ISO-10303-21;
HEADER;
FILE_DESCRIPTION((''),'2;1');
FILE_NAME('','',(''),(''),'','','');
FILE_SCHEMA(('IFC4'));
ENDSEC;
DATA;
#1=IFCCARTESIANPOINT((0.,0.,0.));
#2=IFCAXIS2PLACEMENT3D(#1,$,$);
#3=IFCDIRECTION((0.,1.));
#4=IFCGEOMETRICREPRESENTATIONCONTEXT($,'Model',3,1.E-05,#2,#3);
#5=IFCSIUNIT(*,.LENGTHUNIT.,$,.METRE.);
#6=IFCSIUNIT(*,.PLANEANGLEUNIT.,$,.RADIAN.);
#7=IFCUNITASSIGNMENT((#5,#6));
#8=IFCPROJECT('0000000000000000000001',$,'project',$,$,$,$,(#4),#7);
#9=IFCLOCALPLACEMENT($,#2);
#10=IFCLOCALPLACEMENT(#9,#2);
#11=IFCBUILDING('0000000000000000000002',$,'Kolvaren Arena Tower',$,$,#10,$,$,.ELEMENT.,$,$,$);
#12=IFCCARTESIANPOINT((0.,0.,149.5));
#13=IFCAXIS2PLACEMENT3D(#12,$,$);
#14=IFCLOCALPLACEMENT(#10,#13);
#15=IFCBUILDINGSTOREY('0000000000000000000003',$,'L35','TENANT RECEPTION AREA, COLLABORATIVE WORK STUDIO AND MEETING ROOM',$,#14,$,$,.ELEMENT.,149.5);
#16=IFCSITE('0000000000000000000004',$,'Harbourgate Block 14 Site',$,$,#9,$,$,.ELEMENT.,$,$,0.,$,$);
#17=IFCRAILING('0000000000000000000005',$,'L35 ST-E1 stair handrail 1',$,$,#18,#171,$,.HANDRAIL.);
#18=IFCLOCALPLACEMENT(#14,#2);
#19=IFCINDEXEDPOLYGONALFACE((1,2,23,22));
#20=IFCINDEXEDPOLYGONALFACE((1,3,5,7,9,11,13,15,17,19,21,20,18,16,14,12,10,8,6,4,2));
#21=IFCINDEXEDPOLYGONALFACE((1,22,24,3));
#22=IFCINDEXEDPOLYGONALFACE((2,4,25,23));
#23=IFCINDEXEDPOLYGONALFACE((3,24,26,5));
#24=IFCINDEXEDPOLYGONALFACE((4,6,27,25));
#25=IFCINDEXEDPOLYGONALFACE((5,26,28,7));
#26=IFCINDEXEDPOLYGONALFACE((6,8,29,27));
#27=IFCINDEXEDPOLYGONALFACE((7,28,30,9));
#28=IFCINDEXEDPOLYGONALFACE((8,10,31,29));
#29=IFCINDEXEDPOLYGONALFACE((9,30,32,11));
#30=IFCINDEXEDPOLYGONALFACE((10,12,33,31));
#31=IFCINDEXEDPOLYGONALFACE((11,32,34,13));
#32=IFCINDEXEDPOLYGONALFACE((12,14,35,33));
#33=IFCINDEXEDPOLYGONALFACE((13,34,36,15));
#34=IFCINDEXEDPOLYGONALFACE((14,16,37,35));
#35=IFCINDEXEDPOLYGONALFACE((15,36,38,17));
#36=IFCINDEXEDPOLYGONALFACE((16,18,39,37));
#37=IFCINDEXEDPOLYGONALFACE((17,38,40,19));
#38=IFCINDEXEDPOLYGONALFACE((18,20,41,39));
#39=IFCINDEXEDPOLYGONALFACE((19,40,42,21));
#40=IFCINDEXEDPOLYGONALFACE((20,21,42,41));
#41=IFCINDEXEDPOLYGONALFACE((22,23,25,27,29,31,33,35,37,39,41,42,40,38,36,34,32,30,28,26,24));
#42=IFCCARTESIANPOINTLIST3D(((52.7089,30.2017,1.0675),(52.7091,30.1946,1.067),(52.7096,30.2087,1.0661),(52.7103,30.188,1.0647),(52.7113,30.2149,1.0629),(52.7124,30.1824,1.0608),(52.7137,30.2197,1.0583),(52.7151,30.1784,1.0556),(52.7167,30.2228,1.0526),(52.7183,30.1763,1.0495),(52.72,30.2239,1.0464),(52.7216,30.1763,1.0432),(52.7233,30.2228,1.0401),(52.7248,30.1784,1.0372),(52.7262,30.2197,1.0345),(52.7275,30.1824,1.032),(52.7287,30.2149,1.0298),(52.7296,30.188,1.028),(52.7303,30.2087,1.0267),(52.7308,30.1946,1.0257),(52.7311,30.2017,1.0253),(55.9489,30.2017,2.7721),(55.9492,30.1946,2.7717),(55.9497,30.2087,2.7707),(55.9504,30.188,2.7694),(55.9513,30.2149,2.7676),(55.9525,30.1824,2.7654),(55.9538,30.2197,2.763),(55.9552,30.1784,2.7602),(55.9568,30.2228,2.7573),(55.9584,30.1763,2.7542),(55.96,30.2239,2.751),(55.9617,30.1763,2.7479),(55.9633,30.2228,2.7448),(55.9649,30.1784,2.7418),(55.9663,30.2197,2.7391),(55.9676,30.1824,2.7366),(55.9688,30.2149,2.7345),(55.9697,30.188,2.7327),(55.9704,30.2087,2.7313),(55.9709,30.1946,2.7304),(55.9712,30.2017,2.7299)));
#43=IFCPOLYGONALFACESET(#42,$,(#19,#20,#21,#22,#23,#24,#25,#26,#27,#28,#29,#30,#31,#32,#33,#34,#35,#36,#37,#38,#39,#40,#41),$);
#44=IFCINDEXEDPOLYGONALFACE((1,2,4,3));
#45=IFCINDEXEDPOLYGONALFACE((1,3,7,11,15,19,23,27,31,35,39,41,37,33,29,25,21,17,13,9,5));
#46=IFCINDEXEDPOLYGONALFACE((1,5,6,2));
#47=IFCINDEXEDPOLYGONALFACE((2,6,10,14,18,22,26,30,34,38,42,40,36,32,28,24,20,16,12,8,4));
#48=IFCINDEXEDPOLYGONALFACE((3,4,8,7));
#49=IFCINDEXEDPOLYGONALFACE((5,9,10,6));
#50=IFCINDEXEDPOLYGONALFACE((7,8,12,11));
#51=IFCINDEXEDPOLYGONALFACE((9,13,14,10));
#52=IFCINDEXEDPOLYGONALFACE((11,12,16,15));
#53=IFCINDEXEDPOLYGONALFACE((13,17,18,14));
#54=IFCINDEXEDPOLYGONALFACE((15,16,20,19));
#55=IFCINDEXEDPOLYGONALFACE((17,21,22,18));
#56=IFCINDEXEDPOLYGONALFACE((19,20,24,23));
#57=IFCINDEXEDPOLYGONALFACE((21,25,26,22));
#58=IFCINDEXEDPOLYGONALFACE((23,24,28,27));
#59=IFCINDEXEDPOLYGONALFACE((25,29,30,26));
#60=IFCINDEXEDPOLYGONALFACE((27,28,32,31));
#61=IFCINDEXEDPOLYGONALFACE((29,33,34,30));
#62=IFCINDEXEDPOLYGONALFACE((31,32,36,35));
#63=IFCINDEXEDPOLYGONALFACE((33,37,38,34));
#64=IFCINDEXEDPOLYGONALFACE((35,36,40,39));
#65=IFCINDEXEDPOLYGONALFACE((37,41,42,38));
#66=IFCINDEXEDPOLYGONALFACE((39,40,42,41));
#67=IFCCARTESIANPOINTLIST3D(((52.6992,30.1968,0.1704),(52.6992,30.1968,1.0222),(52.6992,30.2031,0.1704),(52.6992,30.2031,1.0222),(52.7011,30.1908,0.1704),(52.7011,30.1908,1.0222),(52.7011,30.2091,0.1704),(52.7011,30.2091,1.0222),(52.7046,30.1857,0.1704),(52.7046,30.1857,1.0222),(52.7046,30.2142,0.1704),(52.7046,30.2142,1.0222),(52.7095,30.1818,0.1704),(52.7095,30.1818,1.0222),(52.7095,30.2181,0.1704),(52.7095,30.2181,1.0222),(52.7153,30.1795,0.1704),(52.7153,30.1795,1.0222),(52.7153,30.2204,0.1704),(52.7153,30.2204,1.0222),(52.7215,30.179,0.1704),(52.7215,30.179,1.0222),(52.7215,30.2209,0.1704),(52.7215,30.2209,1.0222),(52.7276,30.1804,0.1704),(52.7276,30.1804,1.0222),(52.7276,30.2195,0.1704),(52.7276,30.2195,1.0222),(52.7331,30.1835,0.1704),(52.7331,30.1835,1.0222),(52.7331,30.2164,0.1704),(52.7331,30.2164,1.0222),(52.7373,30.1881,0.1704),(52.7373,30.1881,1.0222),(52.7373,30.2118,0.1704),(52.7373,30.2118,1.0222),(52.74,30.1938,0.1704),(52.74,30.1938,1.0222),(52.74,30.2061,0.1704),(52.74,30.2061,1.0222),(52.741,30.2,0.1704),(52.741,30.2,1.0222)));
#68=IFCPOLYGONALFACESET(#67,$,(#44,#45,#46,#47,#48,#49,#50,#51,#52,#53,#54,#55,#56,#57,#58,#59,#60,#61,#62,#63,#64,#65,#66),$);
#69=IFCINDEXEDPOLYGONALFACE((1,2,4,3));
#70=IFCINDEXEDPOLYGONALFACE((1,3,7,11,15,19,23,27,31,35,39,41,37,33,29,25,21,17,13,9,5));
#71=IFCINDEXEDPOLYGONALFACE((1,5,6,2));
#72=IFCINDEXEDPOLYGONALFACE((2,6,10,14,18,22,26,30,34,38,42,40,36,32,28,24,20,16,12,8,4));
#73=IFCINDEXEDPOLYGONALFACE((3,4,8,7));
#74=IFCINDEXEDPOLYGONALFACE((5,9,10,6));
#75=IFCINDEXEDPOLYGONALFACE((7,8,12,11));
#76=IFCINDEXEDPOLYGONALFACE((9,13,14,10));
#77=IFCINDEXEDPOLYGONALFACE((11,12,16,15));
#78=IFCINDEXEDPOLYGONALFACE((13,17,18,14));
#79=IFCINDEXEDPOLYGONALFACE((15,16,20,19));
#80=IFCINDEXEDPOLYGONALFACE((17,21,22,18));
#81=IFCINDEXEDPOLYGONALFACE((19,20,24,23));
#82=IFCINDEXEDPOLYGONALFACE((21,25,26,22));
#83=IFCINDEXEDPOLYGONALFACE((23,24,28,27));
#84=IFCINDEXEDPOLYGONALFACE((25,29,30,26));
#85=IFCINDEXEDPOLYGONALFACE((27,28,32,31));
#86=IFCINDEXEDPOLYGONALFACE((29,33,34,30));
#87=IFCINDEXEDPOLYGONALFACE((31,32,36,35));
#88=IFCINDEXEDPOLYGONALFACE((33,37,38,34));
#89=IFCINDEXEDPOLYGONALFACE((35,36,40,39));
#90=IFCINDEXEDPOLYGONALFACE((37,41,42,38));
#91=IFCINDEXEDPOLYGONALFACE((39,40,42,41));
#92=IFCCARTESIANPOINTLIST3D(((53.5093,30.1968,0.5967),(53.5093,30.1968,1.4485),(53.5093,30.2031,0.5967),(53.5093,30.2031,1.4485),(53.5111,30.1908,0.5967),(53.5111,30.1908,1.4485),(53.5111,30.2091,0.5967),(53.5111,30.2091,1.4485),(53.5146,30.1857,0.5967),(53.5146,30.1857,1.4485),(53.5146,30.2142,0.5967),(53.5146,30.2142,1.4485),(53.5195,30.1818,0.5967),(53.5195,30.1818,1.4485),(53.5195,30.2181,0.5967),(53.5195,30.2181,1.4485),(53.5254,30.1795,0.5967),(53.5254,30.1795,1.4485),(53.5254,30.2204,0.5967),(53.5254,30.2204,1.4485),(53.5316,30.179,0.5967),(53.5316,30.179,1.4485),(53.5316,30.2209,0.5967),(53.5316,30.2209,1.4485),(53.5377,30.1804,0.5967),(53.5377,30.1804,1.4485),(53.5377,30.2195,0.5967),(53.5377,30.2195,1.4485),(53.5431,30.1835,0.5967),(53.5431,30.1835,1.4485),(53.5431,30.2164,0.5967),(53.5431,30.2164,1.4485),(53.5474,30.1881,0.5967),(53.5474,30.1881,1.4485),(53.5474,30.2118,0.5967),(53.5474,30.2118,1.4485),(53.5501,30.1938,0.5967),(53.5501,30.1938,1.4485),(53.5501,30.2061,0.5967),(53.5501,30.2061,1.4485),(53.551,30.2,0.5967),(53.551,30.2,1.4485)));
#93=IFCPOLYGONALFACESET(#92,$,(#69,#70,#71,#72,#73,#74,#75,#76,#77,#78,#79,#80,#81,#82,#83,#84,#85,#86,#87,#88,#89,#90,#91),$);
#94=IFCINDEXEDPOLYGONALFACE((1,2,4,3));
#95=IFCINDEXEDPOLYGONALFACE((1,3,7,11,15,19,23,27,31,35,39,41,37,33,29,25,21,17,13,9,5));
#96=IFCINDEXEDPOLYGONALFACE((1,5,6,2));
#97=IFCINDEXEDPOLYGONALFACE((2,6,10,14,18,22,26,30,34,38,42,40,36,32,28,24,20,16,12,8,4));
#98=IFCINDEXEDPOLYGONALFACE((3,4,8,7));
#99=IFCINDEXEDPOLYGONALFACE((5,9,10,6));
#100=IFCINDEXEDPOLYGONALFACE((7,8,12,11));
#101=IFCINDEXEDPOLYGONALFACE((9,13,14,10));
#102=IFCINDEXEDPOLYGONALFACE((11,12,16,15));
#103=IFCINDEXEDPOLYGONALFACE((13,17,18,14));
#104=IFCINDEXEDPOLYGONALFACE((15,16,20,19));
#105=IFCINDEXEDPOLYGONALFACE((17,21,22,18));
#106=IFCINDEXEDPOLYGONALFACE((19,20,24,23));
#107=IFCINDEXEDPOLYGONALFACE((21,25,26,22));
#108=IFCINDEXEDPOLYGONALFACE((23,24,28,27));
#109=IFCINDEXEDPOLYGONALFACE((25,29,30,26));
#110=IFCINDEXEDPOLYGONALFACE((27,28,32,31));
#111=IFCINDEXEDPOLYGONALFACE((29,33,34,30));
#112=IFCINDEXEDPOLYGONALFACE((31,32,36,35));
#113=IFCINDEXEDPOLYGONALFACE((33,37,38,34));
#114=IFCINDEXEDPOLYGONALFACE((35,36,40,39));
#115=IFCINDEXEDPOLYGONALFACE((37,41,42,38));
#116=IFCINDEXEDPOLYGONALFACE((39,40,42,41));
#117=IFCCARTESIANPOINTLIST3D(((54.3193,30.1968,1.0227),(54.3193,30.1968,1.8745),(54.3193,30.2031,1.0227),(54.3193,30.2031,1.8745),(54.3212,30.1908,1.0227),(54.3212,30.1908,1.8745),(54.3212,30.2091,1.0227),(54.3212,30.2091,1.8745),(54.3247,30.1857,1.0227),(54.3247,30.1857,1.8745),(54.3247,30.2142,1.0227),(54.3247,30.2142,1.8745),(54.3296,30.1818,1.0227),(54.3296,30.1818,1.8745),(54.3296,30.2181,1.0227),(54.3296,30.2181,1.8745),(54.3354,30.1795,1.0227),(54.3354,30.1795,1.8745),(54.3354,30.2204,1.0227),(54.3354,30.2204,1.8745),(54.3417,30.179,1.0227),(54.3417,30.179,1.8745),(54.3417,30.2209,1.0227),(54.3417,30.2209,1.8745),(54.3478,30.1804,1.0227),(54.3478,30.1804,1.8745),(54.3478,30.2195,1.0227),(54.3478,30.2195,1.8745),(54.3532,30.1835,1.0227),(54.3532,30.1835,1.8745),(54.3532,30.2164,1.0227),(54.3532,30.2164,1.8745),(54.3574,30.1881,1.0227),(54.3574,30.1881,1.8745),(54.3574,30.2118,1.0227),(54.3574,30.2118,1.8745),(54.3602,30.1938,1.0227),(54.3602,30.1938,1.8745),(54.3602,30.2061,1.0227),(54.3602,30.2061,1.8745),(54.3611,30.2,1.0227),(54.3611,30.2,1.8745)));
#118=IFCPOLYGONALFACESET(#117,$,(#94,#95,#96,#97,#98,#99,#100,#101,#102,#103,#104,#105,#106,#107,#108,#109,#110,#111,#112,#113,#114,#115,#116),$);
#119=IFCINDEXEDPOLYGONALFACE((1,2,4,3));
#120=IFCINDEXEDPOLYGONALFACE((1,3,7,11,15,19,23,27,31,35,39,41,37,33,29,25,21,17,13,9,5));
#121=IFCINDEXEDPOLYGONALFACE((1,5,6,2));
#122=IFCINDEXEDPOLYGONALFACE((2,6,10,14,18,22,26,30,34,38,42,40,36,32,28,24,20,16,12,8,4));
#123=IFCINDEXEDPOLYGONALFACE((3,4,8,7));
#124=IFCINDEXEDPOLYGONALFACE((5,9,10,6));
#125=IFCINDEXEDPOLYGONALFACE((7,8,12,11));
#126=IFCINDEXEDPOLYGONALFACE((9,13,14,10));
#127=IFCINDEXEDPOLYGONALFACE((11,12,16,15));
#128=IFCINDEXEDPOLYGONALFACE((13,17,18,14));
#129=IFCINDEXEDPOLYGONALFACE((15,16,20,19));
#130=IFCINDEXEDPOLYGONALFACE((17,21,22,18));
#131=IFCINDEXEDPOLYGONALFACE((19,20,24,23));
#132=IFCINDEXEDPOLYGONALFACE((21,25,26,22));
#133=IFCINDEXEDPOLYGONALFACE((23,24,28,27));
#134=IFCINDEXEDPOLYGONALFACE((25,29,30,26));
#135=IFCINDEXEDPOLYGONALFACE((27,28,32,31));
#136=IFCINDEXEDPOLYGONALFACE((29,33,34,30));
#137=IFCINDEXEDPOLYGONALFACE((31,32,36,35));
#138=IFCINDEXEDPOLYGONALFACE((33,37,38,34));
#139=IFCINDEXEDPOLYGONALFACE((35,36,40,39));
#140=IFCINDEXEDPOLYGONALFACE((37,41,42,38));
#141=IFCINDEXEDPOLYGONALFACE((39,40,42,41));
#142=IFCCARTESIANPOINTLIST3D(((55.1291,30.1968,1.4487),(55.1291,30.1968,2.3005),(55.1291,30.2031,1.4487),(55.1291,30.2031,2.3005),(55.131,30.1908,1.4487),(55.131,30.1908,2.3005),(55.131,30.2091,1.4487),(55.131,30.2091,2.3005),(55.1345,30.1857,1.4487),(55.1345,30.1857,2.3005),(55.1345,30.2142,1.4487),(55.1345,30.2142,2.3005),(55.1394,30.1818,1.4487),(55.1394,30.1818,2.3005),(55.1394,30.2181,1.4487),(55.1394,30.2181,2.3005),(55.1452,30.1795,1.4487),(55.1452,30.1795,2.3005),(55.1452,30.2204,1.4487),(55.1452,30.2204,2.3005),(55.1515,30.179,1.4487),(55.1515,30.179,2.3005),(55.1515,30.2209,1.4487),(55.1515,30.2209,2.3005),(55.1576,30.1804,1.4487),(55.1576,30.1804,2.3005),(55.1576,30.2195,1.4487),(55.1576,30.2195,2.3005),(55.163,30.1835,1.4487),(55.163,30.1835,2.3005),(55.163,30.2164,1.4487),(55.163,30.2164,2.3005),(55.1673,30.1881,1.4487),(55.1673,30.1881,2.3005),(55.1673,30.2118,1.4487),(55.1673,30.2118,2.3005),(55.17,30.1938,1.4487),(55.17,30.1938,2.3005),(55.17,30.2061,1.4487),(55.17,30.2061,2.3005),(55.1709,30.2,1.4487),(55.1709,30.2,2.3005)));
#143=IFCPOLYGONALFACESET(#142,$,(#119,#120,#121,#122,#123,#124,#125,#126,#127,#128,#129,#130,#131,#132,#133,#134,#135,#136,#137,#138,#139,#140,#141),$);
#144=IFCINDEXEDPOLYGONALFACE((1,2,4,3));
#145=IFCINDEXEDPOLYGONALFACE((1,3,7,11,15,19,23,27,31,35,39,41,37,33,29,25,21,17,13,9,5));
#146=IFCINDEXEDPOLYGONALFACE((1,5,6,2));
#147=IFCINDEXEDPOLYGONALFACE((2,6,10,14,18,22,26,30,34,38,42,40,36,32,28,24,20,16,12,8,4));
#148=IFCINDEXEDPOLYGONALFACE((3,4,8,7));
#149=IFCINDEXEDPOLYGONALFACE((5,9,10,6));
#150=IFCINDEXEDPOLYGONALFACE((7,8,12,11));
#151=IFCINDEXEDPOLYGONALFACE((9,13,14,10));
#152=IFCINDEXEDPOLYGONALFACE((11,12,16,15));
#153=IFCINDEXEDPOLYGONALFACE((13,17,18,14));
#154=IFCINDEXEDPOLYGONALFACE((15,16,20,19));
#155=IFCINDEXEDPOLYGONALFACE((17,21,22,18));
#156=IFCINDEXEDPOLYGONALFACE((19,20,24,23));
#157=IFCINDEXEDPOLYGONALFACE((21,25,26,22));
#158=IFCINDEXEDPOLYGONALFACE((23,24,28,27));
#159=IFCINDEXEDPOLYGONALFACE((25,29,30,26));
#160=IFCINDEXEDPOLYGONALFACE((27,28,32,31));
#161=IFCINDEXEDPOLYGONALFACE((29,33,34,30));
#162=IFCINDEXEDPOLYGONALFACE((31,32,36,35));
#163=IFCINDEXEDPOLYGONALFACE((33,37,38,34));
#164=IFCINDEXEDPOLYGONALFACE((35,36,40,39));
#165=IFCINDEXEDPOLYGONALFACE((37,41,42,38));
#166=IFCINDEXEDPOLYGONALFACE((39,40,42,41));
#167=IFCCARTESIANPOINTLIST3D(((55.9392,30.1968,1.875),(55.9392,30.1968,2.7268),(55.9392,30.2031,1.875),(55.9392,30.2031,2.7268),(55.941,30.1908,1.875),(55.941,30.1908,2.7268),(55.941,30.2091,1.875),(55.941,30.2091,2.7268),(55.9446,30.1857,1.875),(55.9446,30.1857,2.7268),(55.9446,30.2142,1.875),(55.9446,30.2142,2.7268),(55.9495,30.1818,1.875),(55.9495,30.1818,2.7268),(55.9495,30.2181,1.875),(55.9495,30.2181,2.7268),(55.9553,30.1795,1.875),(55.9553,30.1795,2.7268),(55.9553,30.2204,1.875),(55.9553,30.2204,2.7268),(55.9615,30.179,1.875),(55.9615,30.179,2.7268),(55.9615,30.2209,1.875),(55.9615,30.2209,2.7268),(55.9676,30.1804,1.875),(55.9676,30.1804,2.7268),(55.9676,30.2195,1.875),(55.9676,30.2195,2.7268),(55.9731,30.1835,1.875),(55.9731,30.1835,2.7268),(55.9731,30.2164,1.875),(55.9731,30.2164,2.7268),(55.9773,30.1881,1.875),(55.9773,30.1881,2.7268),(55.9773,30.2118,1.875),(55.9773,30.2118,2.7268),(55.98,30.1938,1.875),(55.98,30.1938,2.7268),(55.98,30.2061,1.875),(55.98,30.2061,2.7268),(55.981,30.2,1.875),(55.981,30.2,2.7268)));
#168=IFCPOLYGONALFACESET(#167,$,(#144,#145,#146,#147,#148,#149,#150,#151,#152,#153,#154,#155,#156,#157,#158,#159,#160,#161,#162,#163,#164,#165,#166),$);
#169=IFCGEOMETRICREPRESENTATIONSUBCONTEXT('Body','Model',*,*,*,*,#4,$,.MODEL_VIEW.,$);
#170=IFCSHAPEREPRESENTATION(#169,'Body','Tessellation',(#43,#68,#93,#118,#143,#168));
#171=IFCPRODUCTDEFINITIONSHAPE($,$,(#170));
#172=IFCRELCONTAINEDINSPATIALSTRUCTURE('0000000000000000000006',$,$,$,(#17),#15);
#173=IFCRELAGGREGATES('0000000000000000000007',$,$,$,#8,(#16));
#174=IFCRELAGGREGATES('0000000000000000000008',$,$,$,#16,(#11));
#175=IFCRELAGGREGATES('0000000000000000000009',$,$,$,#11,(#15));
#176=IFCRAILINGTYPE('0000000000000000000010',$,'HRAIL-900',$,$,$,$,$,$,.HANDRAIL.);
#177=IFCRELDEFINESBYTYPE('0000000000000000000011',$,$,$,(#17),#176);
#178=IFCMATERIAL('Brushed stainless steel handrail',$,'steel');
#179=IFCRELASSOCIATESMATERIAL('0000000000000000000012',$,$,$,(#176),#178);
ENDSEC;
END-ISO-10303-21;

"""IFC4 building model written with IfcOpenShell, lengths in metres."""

from ifc_helpers import new_model, si_unit, direction, frame, origin, origin_2d, place, context, subcontext, project, spatial, circle, extrude, material, type_object, element, save


model = new_model("IFC4")

# Units and contexts
model_context = context("Model", 3, precision=1e-05, world=origin(), true_north=direction((0.0, 1.0)))
body_context = subcontext(model_context, "Body", "Model", "MODEL_VIEW")
ifc_project = project(units=[si_unit("LENGTHUNIT", "METRE"), si_unit("PLANEANGLEUNIT", "RADIAN")], contexts=[model_context])

# Site, building, storey
site_placement = place(None, origin())
site = spatial("IfcSite", under=ifc_project, at=site_placement, Name="Harbourgate Block 14 Site", CompositionType="ELEMENT", RefElevation=0.0)
building_placement = place(site_placement, origin())
building = spatial("IfcBuilding", under=site, at=building_placement, Name="Kolvaren Arena Tower", CompositionType="ELEMENT")
storey_placement = place(building_placement, frame((0.0, 0.0, 149.5)))
storey = spatial("IfcBuildingStorey", under=building, at=storey_placement, Name="L35", Description="TENANT RECEPTION AREA, COLLABORATIVE WORK STUDIO AND MEETING ROOM", CompositionType="ELEMENT", Elevation=149.5)

# Railing
ifc_material_1 = material(Name="Brushed stainless steel handrail", Category="steel")
railing_type_1 = type_object("IfcRailingType", Name="HRAIL-900", PredefinedType="HANDRAIL", material=ifc_material_1)
for number, where, name in (
    (1, (52.72, 30.2, 0.1704), "L35 ST-E1 stair handrail 1"),
):
    element("IfcRailing", number, at=place(storey_placement, frame(where)), inside=storey, type_object=railing_type_1, Name=name, PredefinedType="HANDRAIL", context=body_context, shape_type="SweptSolid", body=[
        extrude(circle(Radius=0.0239, at=origin_2d()), frame((0.0, 0.0, 0.876), z_axis=(0.884993, 0.0, 0.465604), x_axis=(0.0, 1.0, 0.0)), (0.0, 0.0, 1.0), 3.6611),
        extrude(circle(Radius=0.021, at=origin_2d()), origin(), (0.0, 0.0, 1.0), 0.8518),
        extrude(circle(Radius=0.021, at=origin_2d()), frame((0.8101, 0.0, 0.4263)), (0.0, 0.0, 1.0), 0.8518),
        extrude(circle(Radius=0.021, at=origin_2d()), frame((1.6201, 0.0, 0.8523)), (0.0, 0.0, 1.0), 0.8518),
        extrude(circle(Radius=0.021, at=origin_2d()), frame((2.4299, 0.0, 1.2783)), (0.0, 0.0, 1.0), 0.8518),
        extrude(circle(Radius=0.021, at=origin_2d()), frame((3.24, 0.0, 1.7046)), (0.0, 0.0, 1.0), 0.8518),
    ])

save(model, "model.ifc")
